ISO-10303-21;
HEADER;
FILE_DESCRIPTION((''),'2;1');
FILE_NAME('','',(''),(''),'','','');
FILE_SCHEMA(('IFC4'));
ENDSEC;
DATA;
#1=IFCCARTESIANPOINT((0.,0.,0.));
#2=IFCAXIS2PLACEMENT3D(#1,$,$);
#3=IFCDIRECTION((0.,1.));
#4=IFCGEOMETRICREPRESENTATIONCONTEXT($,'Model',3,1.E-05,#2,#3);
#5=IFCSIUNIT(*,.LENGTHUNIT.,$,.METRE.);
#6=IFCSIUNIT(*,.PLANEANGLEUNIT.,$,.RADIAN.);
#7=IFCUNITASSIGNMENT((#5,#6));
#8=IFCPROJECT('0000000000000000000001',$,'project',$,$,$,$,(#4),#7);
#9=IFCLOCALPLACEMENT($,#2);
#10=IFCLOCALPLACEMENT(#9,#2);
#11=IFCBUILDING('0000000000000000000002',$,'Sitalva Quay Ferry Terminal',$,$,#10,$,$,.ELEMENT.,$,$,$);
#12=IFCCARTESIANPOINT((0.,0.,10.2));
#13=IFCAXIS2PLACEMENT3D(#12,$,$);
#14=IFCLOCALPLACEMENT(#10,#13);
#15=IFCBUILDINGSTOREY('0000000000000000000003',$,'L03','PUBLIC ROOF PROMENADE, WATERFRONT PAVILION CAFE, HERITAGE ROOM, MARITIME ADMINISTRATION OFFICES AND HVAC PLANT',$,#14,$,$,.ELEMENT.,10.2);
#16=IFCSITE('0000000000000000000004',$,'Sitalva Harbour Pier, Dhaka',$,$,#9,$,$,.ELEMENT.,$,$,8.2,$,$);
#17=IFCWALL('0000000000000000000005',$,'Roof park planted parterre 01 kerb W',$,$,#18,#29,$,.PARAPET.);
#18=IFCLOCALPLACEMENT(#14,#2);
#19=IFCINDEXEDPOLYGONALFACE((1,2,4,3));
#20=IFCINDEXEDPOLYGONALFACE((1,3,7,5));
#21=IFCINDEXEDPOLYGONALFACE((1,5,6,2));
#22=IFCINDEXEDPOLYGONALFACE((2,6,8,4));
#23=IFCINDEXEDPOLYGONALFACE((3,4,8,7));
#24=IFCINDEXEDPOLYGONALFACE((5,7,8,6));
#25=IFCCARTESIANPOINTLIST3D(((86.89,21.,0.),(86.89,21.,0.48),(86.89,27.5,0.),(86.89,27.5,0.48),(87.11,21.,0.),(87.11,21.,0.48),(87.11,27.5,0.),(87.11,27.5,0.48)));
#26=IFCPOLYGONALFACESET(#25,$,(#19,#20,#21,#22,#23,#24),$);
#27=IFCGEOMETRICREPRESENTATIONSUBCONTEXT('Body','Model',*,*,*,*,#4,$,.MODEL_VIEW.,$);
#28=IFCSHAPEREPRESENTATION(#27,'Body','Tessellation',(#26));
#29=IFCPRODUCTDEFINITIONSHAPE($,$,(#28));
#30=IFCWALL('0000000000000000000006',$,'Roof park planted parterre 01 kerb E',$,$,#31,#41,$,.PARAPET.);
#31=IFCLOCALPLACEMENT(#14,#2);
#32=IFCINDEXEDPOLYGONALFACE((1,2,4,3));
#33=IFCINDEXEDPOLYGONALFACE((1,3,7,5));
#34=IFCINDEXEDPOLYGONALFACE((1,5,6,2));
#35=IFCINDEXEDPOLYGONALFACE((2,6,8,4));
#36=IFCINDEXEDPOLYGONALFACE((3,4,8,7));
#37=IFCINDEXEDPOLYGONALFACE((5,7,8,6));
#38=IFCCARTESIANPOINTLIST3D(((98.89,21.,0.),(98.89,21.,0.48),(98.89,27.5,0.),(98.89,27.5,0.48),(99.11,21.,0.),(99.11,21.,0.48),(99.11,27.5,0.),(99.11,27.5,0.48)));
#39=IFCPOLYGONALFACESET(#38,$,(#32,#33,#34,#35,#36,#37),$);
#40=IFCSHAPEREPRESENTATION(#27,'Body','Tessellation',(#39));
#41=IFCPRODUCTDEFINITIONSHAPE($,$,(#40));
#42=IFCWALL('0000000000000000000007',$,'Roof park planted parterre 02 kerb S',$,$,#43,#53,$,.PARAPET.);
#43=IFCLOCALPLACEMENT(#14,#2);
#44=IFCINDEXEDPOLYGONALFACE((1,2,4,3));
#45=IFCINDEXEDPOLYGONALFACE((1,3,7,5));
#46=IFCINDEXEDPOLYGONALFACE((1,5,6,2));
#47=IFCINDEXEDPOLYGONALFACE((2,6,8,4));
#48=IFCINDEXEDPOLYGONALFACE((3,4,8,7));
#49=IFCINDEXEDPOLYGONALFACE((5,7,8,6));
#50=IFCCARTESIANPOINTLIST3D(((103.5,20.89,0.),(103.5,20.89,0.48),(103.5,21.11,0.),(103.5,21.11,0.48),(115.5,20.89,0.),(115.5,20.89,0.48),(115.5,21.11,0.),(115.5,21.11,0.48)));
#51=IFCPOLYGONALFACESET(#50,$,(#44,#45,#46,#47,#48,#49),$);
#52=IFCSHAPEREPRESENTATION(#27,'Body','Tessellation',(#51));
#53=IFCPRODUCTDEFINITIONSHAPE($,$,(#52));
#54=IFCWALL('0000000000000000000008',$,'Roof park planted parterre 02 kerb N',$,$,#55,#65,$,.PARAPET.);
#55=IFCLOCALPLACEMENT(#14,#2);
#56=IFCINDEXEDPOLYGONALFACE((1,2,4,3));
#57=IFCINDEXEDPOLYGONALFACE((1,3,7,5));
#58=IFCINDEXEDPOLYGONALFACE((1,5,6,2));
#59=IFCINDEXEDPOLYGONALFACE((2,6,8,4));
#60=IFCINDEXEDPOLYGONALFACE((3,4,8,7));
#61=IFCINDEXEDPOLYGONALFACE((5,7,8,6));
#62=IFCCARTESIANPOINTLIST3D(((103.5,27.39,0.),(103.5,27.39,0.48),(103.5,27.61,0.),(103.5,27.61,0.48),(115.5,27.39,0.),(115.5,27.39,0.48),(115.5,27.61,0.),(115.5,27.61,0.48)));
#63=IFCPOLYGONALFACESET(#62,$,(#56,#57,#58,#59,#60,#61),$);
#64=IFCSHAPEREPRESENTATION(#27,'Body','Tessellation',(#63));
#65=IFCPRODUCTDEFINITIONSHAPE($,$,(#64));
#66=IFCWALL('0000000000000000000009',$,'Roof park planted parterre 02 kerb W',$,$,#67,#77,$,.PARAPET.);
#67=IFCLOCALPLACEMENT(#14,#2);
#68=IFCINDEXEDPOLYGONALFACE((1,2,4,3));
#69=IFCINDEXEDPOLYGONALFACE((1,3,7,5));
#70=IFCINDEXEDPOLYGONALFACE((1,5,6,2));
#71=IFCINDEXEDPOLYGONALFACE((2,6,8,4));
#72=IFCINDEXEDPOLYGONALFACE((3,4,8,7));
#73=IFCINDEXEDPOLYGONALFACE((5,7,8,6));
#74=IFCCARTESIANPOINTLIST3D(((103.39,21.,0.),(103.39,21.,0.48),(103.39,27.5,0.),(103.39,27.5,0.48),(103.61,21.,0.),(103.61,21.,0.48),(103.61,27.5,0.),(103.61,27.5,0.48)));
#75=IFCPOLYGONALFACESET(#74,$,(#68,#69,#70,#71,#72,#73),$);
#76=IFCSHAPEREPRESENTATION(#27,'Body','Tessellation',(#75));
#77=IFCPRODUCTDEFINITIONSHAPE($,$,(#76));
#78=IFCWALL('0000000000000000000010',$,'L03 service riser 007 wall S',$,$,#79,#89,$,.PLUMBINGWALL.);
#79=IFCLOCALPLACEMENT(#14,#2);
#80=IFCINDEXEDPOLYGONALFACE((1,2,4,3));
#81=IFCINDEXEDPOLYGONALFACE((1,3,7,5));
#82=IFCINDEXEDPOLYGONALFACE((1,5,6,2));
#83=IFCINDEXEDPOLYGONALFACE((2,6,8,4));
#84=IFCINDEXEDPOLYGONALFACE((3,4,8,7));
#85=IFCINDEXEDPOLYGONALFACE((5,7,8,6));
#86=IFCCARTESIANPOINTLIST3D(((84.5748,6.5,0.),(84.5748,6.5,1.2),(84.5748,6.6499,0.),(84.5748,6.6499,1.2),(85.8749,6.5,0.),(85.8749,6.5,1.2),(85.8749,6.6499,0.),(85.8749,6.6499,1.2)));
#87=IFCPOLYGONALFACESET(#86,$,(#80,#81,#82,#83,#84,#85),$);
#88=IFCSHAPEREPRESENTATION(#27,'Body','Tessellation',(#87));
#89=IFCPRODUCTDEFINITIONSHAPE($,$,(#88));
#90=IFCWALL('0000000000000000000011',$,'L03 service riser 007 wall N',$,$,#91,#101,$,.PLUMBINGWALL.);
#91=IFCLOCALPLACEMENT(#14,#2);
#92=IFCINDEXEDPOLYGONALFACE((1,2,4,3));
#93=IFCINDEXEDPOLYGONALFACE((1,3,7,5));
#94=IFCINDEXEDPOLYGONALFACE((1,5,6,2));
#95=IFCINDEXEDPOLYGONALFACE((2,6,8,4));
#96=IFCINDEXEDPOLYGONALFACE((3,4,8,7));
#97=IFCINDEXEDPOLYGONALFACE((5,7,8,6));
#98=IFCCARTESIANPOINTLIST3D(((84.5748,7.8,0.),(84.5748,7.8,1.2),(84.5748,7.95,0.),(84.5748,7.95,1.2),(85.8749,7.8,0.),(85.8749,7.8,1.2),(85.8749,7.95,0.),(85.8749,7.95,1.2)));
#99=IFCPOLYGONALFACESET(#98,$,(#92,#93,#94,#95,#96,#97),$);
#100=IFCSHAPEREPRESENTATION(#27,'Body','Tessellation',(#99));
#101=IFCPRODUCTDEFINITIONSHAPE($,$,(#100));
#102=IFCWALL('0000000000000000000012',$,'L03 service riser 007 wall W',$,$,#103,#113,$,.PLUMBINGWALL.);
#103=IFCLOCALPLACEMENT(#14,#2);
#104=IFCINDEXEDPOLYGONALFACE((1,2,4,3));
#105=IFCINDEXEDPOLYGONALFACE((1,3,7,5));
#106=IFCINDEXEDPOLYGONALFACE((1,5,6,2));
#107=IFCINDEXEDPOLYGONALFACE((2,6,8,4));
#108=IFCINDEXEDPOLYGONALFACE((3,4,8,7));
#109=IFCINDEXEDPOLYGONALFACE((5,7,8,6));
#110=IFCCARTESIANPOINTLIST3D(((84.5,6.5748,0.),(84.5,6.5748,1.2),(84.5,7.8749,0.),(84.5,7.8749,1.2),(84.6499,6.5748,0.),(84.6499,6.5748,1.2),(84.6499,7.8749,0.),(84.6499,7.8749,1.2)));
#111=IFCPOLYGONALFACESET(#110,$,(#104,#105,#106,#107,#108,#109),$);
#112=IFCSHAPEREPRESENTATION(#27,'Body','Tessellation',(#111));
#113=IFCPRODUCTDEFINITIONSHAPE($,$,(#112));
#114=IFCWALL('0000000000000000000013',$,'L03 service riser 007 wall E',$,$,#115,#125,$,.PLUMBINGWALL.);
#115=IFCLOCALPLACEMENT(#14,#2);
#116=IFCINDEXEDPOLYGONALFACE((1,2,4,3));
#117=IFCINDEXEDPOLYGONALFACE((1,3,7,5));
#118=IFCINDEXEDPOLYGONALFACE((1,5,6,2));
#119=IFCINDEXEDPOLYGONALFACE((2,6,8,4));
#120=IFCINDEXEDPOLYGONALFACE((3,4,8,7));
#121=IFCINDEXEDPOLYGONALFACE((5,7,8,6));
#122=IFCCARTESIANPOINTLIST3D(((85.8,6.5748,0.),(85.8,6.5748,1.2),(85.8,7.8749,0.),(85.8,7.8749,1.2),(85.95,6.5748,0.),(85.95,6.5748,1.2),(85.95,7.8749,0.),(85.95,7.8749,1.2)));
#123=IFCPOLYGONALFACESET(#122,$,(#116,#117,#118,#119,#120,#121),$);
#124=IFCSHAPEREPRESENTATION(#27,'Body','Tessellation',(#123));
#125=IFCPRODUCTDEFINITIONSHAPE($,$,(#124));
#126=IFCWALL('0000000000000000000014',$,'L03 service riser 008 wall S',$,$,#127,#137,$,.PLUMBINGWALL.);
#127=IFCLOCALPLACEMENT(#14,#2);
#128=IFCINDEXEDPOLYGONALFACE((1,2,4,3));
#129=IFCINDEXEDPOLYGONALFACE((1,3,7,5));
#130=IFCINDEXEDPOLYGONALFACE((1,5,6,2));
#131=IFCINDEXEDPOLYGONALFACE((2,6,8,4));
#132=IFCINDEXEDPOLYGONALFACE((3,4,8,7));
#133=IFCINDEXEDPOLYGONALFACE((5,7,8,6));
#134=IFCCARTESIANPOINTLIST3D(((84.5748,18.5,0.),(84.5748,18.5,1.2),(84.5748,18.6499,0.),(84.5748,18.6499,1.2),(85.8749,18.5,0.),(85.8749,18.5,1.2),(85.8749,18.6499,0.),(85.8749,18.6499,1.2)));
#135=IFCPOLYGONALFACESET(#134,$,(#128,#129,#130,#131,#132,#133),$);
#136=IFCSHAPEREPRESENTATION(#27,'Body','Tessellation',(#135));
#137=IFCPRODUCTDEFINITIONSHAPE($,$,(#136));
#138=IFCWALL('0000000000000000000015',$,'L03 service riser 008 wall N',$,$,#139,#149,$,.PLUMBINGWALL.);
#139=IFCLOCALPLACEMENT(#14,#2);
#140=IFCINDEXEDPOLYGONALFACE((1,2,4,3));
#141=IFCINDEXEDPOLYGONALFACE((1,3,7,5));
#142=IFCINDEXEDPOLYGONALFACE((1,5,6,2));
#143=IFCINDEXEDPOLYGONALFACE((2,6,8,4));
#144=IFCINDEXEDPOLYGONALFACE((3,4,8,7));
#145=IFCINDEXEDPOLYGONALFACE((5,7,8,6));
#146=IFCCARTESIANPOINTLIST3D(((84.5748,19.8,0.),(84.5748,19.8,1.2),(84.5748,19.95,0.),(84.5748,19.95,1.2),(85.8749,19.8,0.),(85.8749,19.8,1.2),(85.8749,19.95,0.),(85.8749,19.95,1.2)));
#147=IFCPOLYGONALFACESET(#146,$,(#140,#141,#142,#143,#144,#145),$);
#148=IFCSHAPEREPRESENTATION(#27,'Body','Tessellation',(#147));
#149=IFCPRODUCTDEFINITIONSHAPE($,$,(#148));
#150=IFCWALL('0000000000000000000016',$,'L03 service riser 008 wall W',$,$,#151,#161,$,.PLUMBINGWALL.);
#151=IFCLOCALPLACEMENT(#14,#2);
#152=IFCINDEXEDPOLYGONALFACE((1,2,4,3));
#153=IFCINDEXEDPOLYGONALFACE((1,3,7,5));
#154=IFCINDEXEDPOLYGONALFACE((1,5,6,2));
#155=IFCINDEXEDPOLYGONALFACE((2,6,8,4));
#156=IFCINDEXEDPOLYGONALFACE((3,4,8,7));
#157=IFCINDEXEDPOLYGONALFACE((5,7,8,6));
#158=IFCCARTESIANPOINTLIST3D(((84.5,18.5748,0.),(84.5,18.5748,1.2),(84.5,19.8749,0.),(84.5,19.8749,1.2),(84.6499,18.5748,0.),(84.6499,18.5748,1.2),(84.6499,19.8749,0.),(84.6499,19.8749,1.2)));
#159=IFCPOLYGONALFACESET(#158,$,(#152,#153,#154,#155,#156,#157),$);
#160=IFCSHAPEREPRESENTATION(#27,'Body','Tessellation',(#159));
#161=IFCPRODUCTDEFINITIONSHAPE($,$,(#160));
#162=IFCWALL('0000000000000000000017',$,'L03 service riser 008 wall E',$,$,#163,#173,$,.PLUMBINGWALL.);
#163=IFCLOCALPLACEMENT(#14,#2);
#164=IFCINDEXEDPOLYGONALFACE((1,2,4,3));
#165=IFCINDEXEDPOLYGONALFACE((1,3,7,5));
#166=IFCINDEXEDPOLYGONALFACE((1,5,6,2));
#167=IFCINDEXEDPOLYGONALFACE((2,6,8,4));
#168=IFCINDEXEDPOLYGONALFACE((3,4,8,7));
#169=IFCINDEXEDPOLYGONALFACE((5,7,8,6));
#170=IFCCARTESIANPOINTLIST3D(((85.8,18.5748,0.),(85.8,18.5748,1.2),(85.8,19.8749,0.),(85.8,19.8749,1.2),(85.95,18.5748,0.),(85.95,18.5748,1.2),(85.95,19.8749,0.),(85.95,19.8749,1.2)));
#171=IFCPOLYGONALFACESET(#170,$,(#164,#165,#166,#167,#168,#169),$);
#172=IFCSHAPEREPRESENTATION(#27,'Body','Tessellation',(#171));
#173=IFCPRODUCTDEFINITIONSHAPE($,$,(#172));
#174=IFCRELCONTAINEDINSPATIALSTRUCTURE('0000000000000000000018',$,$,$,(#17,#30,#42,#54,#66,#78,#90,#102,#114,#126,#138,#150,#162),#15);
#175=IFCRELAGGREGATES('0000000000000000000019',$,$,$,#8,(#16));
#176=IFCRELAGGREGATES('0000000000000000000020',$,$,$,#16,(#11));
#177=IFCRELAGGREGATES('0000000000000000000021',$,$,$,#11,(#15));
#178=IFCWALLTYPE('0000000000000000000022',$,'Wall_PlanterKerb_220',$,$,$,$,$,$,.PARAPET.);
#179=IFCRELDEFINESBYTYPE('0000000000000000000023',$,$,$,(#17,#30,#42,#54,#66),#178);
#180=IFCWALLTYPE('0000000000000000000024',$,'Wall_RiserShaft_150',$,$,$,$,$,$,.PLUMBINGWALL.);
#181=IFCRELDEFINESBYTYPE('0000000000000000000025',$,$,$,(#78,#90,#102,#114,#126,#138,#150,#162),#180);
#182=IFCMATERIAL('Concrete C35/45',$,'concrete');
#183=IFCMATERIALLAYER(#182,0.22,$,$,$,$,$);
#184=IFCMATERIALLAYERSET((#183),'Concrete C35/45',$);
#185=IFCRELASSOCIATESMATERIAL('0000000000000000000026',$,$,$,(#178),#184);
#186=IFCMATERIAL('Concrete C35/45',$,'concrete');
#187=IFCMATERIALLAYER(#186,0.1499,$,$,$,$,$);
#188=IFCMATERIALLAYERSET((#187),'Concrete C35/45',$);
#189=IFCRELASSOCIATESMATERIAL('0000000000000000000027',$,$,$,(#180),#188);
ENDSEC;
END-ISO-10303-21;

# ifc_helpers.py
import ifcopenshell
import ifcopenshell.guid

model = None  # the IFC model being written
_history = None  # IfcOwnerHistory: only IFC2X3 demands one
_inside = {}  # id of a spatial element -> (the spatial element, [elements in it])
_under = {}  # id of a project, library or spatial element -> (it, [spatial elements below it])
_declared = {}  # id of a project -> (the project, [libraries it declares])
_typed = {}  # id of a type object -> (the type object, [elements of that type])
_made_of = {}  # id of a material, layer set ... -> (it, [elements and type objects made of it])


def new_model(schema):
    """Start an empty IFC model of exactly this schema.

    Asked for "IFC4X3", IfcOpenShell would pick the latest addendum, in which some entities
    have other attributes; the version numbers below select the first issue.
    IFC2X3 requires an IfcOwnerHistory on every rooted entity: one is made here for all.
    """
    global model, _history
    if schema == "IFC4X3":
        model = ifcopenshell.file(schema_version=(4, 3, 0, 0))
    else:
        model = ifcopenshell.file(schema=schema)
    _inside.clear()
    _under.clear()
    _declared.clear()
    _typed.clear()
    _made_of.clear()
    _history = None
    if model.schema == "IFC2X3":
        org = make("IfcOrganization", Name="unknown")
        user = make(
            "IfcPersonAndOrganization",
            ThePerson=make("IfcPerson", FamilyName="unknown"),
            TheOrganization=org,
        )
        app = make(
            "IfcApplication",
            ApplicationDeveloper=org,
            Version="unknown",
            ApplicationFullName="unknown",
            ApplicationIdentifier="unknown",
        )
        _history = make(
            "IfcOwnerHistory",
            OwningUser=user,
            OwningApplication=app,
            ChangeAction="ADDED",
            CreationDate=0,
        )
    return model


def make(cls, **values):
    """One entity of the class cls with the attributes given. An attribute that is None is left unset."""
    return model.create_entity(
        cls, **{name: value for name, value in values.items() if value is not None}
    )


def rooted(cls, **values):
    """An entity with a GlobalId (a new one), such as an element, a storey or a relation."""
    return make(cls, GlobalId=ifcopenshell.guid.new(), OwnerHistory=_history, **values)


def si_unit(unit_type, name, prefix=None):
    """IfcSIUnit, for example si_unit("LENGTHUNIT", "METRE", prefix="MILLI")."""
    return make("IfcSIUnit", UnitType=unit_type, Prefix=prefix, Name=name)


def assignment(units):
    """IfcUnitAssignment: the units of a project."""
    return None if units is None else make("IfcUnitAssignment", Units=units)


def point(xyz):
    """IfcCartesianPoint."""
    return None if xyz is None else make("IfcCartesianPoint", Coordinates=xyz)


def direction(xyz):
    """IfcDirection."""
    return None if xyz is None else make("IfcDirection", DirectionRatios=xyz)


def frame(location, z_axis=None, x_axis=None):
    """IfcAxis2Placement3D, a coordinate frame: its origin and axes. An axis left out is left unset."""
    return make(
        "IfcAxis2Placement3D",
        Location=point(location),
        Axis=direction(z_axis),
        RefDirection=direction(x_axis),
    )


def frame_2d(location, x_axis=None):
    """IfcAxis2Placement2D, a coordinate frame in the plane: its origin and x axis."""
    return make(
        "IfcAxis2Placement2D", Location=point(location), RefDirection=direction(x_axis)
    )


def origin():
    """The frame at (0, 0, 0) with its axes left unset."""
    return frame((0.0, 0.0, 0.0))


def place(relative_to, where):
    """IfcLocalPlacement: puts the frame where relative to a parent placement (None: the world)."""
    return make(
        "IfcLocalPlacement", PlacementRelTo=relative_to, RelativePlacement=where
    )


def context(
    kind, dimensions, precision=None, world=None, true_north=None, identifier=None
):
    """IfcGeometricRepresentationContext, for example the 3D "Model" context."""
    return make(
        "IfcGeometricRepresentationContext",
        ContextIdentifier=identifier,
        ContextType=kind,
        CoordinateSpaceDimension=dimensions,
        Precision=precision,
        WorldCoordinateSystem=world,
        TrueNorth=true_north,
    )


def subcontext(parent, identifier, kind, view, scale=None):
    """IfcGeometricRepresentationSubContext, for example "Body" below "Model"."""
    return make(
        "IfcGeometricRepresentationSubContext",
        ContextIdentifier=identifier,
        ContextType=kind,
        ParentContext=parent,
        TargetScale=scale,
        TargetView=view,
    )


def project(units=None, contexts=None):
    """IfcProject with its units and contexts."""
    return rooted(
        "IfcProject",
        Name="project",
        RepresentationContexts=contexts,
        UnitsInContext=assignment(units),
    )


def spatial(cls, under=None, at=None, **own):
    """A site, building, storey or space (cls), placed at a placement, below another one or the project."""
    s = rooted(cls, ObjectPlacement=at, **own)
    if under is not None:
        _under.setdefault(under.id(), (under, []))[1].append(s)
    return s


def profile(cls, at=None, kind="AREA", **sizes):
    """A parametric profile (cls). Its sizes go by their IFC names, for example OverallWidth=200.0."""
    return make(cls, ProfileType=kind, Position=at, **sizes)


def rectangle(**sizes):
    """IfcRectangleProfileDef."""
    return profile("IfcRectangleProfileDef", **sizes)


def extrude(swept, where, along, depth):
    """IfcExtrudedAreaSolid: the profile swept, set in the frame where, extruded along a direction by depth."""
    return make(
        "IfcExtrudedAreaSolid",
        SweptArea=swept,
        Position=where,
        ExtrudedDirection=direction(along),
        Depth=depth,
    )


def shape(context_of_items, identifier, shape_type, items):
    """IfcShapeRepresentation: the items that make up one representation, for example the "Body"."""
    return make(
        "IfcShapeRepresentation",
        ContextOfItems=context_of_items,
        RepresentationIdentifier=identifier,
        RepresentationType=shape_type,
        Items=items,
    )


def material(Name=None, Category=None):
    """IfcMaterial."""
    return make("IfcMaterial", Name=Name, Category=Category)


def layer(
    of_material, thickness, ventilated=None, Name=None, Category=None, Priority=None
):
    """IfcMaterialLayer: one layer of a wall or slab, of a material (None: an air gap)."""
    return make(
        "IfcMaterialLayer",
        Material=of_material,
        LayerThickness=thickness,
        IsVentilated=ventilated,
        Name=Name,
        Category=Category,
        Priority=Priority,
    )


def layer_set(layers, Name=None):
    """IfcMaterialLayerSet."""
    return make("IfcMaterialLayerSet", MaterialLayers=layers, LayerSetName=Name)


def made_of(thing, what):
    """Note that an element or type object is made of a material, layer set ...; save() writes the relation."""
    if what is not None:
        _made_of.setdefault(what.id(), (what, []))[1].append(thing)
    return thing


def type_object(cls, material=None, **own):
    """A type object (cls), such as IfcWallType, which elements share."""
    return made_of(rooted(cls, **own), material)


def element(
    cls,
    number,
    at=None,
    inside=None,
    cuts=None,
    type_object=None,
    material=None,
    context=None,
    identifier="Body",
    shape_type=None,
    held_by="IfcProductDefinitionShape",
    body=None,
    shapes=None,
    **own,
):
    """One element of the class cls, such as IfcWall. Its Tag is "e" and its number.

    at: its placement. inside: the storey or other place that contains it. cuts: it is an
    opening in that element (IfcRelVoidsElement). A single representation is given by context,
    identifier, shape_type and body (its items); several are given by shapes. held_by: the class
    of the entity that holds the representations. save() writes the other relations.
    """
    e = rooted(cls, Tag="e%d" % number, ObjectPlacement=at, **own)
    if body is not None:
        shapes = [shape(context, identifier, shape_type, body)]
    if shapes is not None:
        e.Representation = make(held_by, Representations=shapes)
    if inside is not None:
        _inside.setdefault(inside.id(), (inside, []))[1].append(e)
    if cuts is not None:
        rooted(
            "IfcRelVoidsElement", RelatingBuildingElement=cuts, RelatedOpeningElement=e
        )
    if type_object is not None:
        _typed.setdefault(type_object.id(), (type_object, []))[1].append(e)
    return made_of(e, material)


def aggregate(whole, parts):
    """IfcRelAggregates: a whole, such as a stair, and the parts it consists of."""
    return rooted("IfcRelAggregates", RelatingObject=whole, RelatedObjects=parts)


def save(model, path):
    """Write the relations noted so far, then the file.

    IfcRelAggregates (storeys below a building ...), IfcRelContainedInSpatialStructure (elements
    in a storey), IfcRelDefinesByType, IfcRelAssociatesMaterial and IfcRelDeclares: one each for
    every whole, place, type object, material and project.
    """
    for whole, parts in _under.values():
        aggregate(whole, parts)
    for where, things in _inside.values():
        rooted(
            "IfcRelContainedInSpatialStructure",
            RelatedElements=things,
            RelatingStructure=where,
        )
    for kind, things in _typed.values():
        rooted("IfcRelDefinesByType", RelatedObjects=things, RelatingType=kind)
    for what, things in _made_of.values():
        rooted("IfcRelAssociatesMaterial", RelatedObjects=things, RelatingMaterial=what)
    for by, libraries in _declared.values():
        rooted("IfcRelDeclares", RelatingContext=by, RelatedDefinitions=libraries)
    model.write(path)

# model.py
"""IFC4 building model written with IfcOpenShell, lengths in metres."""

from ifc_helpers import new_model, si_unit, direction, frame, frame_2d, origin, place, context, subcontext, project, spatial, rectangle, extrude, material, layer, layer_set, type_object, element, save


model = new_model("IFC4")

# Units and contexts
model_context = context("Model", 3, precision=1e-05, world=origin(), true_north=direction((0.0, 1.0)))
body_context = subcontext(model_context, "Body", "Model", "MODEL_VIEW")
ifc_project = project(units=[si_unit("LENGTHUNIT", "METRE"), si_unit("PLANEANGLEUNIT", "RADIAN")], contexts=[model_context])

# Site, building, storey
site_placement = place(None, origin())
site = spatial("IfcSite", under=ifc_project, at=site_placement, Name="Sitalva Harbour Pier, Dhaka", CompositionType="ELEMENT", RefElevation=8.2)
building_placement = place(site_placement, origin())
building = spatial("IfcBuilding", under=site, at=building_placement, Name="Sitalva Quay Ferry Terminal", CompositionType="ELEMENT")
storey_placement = place(building_placement, frame((0.0, 0.0, 10.2)))
storey = spatial("IfcBuildingStorey", under=building, at=storey_placement, Name="L03", Description="PUBLIC ROOF PROMENADE, WATERFRONT PAVILION CAFE, HERITAGE ROOM, MARITIME ADMINISTRATION OFFICES AND HVAC PLANT", CompositionType="ELEMENT", Elevation=10.2)

# Walls
ifc_material_1 = material(Name="Concrete C35/45", Category="concrete")
ifc_layer_1 = layer(ifc_material_1, 0.22)
ifc_layer_set_1 = layer_set([ifc_layer_1], Name="Concrete C35/45")
wall_type_1 = type_object("IfcWallType", Name="Wall_PlanterKerb_220", PredefinedType="PARAPET", material=ifc_layer_set_1)
for number, where, z_axis, x_axis, name in (
    (1, (87.0, 21.0, 0.0), (0.0, 0.0, 1.0), (0.0, 1.0, 0.0), "Roof park planted parterre 01 kerb W"),
    (2, (99.0, 21.0, 0.0), (0.0, 0.0, 1.0), (0.0, 1.0, 0.0), "Roof park planted parterre 01 kerb E"),
):
    element("IfcWall", number, at=place(storey_placement, frame(where, z_axis=z_axis, x_axis=x_axis)), inside=storey, type_object=wall_type_1, Name=name, PredefinedType="PARAPET", context=body_context, shape_type="SweptSolid", body=[
        extrude(rectangle(XDim=6.5, YDim=0.22, at=frame_2d((3.25, 0.0))), origin(), (0.0, 0.0, 1.0), 0.48),
    ])
for number, where, z_axis, x_axis, name in (
    (3, (103.5, 21.0, 0.0), (0.0, 0.0, 1.0), (1.0, 0.0, 0.0), "Roof park planted parterre 02 kerb S"),
    (4, (103.5, 27.5, 0.0), (0.0, 0.0, 1.0), (1.0, 0.0, 0.0), "Roof park planted parterre 02 kerb N"),
):
    element("IfcWall", number, at=place(storey_placement, frame(where, z_axis=z_axis, x_axis=x_axis)), inside=storey, type_object=wall_type_1, Name=name, PredefinedType="PARAPET", context=body_context, shape_type="SweptSolid", body=[
        extrude(rectangle(XDim=12.0, YDim=0.22, at=frame_2d((6.0, 0.0))), origin(), (0.0, 0.0, 1.0), 0.48),
    ])
wall_1_placement = place(storey_placement, frame((103.5, 21.0, 0.0), z_axis=(0.0, 0.0, 1.0), x_axis=(0.0, 1.0, 0.0)))
element("IfcWall", 5, at=wall_1_placement, inside=storey, type_object=wall_type_1, Name="Roof park planted parterre 02 kerb W", PredefinedType="PARAPET", context=body_context, shape_type="SweptSolid", body=[
    extrude(rectangle(XDim=6.5, YDim=0.22, at=frame_2d((3.25, 0.0))), origin(), (0.0, 0.0, 1.0), 0.48),
])
ifc_material_2 = material(Name="Concrete C35/45", Category="concrete")
ifc_layer_2 = layer(ifc_material_2, 0.1499)
ifc_layer_set_2 = layer_set([ifc_layer_2], Name="Concrete C35/45")
wall_type_2 = type_object("IfcWallType", Name="Wall_RiserShaft_150", PredefinedType="PLUMBINGWALL", material=ifc_layer_set_2)
for number, where, z_axis, x_axis, name in (
    (6, (84.575, 6.575, 0.0), (0.0, 0.0, 1.0), (1.0, 0.0, 0.0), "L03 service riser 007 wall S"),
    (7, (84.575, 7.875, 0.0), (0.0, 0.0, 1.0), (1.0, 0.0, 0.0), "L03 service riser 007 wall N"),
    (8, (84.575, 6.575, 0.0), (0.0, 0.0, 1.0), (0.0, 1.0, 0.0), "L03 service riser 007 wall W"),
    (9, (85.875, 6.575, 0.0), (0.0, 0.0, 1.0), (0.0, 1.0, 0.0), "L03 service riser 007 wall E"),
    (10, (84.575, 18.575, 0.0), (0.0, 0.0, 1.0), (1.0, 0.0, 0.0), "L03 service riser 008 wall S"),
    (11, (84.575, 19.875, 0.0), (0.0, 0.0, 1.0), (1.0, 0.0, 0.0), "L03 service riser 008 wall N"),
    (12, (84.575, 18.575, 0.0), (0.0, 0.0, 1.0), (0.0, 1.0, 0.0), "L03 service riser 008 wall W"),
    (13, (85.875, 18.575, 0.0), (0.0, 0.0, 1.0), (0.0, 1.0, 0.0), "L03 service riser 008 wall E"),
):
    element("IfcWall", number, at=place(storey_placement, frame(where, z_axis=z_axis, x_axis=x_axis)), inside=storey, type_object=wall_type_2, Name=name, PredefinedType="PLUMBINGWALL", context=body_context, shape_type="SweptSolid", body=[
        extrude(rectangle(XDim=1.3, YDim=0.1499, at=frame_2d((0.6499, 0.0))), origin(), (0.0, 0.0, 1.0), 1.2),
    ])

save(model, "model.ifc")
